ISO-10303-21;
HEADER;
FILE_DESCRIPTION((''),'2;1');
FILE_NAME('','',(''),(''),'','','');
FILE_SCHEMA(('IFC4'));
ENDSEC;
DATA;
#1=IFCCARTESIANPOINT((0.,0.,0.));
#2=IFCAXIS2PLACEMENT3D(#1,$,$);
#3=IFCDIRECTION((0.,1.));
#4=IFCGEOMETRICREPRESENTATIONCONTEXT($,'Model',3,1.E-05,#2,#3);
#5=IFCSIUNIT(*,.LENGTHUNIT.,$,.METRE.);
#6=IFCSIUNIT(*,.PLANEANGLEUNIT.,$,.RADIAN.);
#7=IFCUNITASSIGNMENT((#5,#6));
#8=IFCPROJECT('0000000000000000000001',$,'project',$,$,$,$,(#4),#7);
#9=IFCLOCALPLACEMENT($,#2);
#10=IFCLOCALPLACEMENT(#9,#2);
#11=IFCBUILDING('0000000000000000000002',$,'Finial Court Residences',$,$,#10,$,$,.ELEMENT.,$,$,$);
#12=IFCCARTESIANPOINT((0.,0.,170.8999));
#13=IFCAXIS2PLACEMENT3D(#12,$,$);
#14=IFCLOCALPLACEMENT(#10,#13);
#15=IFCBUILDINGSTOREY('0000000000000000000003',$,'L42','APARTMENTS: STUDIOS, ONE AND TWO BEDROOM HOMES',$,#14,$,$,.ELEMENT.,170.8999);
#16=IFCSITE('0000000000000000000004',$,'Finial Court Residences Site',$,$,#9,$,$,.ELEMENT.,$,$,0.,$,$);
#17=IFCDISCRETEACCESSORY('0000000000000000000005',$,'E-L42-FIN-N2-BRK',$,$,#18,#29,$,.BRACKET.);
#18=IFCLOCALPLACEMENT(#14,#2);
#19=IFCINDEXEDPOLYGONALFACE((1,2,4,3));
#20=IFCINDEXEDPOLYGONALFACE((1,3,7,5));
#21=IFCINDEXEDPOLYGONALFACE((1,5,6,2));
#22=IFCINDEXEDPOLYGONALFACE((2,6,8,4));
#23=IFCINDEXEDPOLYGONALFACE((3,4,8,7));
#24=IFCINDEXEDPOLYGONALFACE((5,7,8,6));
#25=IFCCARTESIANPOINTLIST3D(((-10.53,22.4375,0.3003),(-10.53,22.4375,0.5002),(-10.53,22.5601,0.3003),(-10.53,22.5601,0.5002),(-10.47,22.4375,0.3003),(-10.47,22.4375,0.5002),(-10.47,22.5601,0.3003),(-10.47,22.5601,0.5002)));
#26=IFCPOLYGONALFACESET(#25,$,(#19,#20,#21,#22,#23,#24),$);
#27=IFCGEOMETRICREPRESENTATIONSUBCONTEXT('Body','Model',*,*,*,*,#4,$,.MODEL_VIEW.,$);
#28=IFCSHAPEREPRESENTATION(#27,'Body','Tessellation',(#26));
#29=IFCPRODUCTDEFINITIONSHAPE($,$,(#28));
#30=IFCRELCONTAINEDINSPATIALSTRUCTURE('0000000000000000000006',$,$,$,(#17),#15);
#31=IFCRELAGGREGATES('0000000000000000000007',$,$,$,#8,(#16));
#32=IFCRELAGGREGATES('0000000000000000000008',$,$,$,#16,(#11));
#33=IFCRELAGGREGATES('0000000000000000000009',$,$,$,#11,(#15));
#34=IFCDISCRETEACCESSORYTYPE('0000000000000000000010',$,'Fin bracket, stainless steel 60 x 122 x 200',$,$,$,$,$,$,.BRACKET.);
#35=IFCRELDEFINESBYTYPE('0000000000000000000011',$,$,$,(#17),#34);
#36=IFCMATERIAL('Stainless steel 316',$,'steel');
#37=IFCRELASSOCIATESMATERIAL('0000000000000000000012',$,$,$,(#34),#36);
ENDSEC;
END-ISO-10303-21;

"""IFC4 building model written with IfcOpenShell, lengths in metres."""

from ifc_helpers import new_model, si_unit, direction, frame, origin, origin_2d, place, context, subcontext, project, spatial, rectangle, extrude, material, type_object, element, save


model = new_model("IFC4")

# Units and contexts
model_context = context("Model", 3, precision=1e-05, world=origin(), true_north=direction((0.0, 1.0)))
body_context = subcontext(model_context, "Body", "Model", "MODEL_VIEW")
ifc_project = project(units=[si_unit("LENGTHUNIT", "METRE"), si_unit("PLANEANGLEUNIT", "RADIAN")], contexts=[model_context])

# Site, building, storey
site_placement = place(None, origin())
site = spatial("IfcSite", under=ifc_project, at=site_placement, Name="Finial Court Residences Site", CompositionType="ELEMENT", RefElevation=0.0)
building_placement = place(site_placement, origin())
building = spatial("IfcBuilding", under=site, at=building_placement, Name="Finial Court Residences", CompositionType="ELEMENT")
storey_placement = place(building_placement, frame((0.0, 0.0, 170.8999)))
storey = spatial("IfcBuildingStorey", under=building, at=storey_placement, Name="L42", Description="APARTMENTS: STUDIOS, ONE AND TWO BEDROOM HOMES", CompositionType="ELEMENT", Elevation=170.8999)

# Discrete accessory
ifc_material_1 = material(Name="Stainless steel 316", Category="steel")
discrete_accessory_type = type_object("IfcDiscreteAccessoryType", Name="Fin bracket, stainless steel 60 x 122 x 200", PredefinedType="BRACKET", material=ifc_material_1)
discrete_accessory_placement = place(storey_placement, frame((-10.5, 22.4988, 0.3003), z_axis=(0.0, 0.0, 1.0), x_axis=(1.0, 0.0, 0.0)))
element("IfcDiscreteAccessory", 1, at=discrete_accessory_placement, inside=storey, type_object=discrete_accessory_type, Name="E-L42-FIN-N2-BRK", PredefinedType="BRACKET", context=body_context, shape_type="SweptSolid", body=[
    extrude(rectangle(XDim=0.0601, YDim=0.1226, at=origin_2d()), origin(), (0.0, 0.0, 1.0), 0.2),
])

save(model, "model.ifc")
